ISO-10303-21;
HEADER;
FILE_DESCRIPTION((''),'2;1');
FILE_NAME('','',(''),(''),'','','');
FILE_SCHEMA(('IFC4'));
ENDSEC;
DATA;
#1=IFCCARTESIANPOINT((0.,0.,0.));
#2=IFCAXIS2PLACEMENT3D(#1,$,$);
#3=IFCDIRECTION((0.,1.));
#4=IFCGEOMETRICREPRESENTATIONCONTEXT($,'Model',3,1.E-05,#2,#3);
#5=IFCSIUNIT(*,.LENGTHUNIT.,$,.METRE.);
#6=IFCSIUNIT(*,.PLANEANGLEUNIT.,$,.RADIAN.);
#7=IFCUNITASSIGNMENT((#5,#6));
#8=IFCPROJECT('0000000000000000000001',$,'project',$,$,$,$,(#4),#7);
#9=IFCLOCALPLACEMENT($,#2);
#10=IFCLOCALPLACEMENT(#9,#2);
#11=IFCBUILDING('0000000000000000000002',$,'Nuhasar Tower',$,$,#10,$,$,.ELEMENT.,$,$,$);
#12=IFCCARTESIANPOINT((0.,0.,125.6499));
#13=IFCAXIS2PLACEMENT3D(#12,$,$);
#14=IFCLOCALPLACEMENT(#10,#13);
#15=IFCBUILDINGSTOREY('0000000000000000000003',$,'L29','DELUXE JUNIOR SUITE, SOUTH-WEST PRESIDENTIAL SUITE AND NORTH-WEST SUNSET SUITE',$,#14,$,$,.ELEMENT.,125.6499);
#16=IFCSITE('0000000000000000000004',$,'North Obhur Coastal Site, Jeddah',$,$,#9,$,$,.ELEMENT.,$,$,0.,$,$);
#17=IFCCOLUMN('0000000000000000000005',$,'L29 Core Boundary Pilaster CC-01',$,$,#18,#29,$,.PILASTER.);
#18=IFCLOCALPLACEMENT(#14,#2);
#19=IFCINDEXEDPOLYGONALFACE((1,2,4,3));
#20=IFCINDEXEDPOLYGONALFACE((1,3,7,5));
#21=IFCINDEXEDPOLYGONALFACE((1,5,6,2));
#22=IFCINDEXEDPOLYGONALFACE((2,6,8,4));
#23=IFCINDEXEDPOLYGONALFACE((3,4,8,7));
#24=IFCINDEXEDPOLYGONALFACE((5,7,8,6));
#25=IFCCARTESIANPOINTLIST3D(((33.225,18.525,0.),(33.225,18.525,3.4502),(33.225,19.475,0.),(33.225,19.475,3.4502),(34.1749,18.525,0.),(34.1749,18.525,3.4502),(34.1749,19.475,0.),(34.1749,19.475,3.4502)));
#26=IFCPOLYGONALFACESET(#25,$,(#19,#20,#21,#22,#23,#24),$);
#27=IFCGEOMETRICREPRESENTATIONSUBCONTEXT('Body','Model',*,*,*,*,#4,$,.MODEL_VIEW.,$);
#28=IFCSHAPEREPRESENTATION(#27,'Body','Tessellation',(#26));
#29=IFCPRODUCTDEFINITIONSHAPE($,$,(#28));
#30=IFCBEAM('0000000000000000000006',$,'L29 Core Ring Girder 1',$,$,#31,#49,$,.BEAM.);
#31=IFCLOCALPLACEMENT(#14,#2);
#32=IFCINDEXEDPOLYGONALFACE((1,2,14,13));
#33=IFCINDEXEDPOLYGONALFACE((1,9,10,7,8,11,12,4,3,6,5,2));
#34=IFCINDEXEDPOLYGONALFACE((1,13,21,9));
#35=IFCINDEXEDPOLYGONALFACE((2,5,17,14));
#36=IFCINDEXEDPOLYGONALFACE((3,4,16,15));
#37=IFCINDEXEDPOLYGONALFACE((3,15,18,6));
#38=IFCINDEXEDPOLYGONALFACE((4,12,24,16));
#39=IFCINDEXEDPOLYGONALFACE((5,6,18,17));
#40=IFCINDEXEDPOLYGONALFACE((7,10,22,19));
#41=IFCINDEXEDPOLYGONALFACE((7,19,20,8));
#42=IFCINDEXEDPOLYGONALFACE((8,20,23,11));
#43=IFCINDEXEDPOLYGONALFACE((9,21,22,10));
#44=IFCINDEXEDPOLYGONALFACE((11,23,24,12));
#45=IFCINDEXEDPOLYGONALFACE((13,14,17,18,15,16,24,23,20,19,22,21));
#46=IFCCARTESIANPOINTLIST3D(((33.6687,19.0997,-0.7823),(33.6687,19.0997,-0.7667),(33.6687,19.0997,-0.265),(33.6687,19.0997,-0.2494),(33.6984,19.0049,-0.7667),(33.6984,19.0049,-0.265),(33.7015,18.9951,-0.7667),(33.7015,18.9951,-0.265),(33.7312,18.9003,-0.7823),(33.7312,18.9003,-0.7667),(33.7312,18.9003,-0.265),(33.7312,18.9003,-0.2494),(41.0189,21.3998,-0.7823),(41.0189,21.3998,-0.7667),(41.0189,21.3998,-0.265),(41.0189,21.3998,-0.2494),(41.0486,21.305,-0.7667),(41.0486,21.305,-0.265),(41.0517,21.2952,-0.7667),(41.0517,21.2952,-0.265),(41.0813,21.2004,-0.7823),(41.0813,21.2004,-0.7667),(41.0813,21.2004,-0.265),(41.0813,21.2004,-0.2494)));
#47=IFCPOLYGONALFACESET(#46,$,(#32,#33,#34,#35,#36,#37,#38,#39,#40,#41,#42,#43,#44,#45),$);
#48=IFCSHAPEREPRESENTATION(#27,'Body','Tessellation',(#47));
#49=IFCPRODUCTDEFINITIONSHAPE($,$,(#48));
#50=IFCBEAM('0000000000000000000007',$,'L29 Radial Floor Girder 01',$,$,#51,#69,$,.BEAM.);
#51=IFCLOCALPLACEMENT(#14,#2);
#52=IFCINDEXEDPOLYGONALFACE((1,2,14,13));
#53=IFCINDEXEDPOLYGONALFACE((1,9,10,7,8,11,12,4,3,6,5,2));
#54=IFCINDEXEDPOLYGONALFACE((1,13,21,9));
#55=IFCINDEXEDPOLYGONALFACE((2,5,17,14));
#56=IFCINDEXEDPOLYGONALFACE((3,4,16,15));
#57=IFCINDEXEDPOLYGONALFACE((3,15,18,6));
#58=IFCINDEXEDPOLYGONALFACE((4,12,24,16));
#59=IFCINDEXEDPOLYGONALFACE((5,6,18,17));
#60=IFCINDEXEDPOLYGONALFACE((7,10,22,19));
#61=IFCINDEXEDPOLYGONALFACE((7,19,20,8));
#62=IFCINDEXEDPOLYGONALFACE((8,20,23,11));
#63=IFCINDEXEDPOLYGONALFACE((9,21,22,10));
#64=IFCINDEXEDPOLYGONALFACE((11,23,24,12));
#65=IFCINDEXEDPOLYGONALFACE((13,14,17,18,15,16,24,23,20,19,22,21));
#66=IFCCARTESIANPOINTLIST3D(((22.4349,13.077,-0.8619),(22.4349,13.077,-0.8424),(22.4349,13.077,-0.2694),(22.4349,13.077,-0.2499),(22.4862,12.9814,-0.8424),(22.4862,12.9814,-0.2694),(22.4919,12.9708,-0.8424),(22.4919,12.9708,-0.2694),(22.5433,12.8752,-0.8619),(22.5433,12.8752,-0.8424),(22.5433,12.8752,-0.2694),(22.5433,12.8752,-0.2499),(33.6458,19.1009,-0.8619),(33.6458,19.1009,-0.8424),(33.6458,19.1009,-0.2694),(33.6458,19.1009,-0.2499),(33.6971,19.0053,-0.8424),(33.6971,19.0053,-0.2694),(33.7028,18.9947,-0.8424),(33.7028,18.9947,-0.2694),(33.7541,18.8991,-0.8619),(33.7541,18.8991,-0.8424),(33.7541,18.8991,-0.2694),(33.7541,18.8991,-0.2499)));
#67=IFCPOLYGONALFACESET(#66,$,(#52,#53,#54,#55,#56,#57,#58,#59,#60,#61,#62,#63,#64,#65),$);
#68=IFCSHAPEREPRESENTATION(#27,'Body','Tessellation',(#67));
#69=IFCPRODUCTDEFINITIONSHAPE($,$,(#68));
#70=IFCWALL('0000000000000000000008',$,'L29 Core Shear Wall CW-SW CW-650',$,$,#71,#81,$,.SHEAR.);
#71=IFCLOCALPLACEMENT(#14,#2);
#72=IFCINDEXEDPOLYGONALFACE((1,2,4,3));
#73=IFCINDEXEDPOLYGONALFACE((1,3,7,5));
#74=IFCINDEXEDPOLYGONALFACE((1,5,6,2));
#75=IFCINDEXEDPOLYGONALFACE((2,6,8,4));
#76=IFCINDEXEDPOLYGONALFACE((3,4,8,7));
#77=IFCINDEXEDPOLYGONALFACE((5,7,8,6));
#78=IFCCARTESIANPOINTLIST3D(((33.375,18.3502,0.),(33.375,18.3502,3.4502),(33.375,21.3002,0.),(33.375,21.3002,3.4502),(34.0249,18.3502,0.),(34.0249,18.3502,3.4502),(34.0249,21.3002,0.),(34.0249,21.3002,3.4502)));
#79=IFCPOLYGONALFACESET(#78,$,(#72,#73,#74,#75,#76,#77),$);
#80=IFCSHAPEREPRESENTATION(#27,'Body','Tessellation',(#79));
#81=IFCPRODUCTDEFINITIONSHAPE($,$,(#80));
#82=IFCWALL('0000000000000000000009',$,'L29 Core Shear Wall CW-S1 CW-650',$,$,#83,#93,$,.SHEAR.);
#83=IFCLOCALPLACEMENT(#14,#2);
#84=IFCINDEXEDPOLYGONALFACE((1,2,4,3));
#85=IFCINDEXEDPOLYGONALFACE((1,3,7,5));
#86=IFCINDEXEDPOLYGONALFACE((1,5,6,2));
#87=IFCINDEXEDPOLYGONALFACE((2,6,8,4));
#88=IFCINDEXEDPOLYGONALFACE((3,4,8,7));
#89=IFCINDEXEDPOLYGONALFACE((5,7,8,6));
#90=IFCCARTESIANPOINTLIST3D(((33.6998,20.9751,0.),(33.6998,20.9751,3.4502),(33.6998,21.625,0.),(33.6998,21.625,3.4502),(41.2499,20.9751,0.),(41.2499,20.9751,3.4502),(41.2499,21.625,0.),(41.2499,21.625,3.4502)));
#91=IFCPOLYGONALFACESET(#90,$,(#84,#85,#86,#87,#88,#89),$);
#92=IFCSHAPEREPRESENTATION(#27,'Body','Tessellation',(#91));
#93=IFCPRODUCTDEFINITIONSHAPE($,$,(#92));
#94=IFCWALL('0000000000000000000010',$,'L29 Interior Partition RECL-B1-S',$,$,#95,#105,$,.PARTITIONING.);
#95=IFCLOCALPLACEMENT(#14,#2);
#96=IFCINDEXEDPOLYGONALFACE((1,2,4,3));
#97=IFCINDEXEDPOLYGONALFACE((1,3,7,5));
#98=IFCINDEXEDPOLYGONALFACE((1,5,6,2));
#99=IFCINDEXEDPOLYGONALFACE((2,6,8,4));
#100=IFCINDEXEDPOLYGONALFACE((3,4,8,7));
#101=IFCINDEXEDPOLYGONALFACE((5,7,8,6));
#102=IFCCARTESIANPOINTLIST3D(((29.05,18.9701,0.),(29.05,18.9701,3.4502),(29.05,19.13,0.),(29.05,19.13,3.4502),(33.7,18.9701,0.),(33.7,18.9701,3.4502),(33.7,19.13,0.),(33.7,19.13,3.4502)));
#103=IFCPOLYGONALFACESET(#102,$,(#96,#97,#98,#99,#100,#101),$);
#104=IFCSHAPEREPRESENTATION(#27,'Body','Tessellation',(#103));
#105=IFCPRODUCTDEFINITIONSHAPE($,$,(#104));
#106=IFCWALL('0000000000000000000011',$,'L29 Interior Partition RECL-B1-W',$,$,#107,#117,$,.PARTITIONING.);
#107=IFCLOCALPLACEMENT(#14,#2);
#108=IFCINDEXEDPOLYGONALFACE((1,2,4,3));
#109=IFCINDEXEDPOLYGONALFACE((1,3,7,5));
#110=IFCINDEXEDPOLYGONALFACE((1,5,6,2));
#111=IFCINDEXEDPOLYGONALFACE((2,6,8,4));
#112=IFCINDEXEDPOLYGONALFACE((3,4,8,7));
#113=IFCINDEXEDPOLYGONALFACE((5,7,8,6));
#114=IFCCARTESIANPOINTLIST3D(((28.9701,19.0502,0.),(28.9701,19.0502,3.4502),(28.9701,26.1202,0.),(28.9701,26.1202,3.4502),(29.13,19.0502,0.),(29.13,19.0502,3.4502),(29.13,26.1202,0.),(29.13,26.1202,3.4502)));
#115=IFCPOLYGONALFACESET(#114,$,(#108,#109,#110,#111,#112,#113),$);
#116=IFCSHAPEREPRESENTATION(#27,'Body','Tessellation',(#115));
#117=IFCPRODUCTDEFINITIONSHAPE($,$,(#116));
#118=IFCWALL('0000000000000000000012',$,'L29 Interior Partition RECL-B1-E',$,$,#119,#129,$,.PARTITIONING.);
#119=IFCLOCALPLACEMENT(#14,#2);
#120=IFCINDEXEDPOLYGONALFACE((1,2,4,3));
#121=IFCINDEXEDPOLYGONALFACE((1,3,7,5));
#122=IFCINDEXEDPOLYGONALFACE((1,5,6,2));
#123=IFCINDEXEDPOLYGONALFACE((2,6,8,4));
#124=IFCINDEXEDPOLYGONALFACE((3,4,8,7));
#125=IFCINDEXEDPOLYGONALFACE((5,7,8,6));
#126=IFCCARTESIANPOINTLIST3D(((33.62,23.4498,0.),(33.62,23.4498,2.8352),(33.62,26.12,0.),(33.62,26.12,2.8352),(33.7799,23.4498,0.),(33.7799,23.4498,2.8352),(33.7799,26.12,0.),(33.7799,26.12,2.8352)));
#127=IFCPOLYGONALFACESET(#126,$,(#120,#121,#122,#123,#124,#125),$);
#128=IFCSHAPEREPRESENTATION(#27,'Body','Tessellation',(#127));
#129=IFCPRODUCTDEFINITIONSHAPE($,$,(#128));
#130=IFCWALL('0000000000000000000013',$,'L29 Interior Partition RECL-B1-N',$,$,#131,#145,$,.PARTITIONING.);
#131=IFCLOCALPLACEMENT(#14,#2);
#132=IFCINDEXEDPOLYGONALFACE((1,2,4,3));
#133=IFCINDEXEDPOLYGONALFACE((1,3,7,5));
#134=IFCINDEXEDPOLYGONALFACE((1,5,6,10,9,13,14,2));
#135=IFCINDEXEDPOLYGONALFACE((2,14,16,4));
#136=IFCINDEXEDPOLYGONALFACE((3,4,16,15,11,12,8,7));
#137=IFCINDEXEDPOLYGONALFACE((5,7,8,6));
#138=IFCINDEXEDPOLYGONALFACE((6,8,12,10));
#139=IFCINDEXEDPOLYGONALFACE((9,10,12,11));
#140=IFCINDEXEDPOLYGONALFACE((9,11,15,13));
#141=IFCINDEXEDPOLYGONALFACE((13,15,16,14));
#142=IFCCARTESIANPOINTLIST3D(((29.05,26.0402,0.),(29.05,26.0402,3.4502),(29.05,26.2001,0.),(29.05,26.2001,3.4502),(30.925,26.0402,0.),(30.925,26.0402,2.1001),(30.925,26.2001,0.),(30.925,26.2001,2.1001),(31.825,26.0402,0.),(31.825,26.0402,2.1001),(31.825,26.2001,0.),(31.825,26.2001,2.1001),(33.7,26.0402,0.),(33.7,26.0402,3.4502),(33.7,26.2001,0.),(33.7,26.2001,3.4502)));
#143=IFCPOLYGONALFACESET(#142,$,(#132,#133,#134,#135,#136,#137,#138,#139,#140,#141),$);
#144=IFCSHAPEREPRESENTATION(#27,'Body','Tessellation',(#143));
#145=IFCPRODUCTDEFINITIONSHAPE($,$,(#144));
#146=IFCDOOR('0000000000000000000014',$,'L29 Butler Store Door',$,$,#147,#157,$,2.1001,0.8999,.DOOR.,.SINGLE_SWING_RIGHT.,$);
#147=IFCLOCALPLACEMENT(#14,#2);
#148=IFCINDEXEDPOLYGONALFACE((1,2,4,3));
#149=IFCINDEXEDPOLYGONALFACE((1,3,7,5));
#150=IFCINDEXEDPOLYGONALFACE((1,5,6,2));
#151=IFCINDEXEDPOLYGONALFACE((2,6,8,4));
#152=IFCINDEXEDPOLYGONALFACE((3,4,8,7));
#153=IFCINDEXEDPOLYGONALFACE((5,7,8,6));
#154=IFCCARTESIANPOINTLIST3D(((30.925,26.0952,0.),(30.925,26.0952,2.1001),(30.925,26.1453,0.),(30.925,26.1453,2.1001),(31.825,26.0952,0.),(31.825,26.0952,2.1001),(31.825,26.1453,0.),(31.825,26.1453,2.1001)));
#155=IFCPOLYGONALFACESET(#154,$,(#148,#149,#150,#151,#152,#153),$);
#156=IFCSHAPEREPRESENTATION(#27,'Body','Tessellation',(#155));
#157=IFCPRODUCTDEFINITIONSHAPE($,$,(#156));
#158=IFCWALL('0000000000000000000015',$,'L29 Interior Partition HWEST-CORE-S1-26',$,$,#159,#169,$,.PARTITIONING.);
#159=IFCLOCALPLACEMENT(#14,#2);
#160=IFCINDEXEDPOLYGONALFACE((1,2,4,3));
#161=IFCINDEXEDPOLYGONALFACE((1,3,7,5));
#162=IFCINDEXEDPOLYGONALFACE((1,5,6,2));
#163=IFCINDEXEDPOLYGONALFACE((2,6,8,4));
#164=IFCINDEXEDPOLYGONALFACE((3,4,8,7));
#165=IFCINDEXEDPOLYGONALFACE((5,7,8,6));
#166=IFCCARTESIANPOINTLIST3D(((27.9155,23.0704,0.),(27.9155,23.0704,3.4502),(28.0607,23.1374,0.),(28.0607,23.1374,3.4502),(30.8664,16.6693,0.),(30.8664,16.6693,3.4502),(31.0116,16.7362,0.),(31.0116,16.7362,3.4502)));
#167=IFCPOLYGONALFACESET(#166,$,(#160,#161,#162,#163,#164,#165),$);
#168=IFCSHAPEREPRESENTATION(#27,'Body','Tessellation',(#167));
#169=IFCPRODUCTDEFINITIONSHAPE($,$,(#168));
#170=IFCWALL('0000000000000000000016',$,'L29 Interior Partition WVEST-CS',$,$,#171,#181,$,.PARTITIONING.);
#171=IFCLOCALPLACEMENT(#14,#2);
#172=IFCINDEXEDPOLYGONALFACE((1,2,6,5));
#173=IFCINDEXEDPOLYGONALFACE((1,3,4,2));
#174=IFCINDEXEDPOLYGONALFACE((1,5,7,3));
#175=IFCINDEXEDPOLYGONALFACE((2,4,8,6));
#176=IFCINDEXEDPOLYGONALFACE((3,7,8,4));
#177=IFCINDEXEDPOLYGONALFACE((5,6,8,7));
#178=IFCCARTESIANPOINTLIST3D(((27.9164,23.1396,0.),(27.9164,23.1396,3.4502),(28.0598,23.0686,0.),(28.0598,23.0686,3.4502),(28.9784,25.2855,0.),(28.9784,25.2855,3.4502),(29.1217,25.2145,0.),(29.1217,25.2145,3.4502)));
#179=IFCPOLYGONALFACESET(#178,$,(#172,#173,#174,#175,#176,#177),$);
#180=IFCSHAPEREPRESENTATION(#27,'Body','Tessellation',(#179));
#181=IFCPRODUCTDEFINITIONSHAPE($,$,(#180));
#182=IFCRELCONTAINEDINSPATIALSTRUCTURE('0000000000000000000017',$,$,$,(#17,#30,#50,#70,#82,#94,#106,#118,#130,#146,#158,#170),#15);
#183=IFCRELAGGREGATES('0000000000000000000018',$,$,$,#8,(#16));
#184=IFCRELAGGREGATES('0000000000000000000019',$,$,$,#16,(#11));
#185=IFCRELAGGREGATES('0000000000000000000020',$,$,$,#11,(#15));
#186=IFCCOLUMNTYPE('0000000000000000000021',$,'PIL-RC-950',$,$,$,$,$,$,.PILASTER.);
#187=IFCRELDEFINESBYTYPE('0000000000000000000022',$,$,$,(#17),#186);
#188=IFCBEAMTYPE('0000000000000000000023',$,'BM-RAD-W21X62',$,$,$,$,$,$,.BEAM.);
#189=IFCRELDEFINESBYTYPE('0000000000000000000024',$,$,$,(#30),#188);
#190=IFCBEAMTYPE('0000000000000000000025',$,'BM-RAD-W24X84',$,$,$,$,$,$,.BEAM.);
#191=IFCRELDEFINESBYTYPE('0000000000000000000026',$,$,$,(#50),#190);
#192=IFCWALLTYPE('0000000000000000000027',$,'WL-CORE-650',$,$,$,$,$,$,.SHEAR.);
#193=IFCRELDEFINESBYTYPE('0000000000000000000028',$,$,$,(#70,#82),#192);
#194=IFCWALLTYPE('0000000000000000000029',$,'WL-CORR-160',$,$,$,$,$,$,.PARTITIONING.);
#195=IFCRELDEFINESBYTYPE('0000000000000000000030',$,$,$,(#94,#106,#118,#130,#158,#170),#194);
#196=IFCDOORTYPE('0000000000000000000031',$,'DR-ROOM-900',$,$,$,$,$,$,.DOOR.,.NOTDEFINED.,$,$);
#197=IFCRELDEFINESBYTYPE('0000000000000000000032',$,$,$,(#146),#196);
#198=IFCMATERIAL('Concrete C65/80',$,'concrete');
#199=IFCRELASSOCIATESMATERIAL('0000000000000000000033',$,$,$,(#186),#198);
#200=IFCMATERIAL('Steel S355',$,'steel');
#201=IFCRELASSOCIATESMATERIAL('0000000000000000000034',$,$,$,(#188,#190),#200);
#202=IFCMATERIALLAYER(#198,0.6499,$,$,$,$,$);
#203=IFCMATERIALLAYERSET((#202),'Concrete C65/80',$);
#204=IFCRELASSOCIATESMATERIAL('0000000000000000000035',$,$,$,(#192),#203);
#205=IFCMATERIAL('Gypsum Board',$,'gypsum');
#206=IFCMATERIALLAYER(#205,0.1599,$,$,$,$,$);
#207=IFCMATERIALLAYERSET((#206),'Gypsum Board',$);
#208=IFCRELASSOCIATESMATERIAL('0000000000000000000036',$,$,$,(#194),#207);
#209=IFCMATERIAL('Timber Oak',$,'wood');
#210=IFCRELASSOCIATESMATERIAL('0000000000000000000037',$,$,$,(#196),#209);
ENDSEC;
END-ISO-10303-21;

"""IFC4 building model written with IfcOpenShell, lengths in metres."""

from ifc_helpers import new_model, si_unit, direction, frame, frame_2d, origin, origin_2d, place, context, subcontext, project, spatial, rectangle, i_section, extrude, material, layer, layer_set, material_profile, profile_set, type_object, element, fill, save


model = new_model("IFC4")

# Units and contexts
model_context = context("Model", 3, precision=1e-05, world=origin(), true_north=direction((0.0, 1.0)))
body_context = subcontext(model_context, "Body", "Model", "MODEL_VIEW")
ifc_project = project(units=[si_unit("LENGTHUNIT", "METRE"), si_unit("PLANEANGLEUNIT", "RADIAN")], contexts=[model_context])

# Site, building, storey
site_placement = place(None, origin())
site = spatial("IfcSite", under=ifc_project, at=site_placement, Name="North Obhur Coastal Site, Jeddah", CompositionType="ELEMENT", RefElevation=0.0)
building_placement = place(site_placement, origin())
building = spatial("IfcBuilding", under=site, at=building_placement, Name="Nuhasar Tower", CompositionType="ELEMENT")
storey_placement = place(building_placement, frame((0.0, 0.0, 125.6499)))
storey = spatial("IfcBuildingStorey", under=building, at=storey_placement, Name="L29", Description="DELUXE JUNIOR SUITE, SOUTH-WEST PRESIDENTIAL SUITE AND NORTH-WEST SUNSET SUITE", CompositionType="ELEMENT", Elevation=125.6499)

# Column
ifc_material_1 = material(Name="Concrete C65/80", Category="concrete")
ifc_material_profile_1 = material_profile(ifc_material_1, rectangle(XDim=0.95, YDim=0.95, at=origin_2d()), Name="RC950X950")
ifc_profile_set_1 = profile_set([ifc_material_profile_1], Name="Concrete C65/80")
column_type = type_object("IfcColumnType", Name="PIL-RC-950", PredefinedType="PILASTER", material=ifc_profile_set_1)
column_placement = place(storey_placement, frame((33.7, 19.0, 0.0), z_axis=(0.0, 0.0, 1.0), x_axis=(1.0, 0.0, 0.0)))
element("IfcColumn", 1, at=column_placement, inside=storey, type_object=column_type, Name="L29 Core Boundary Pilaster CC-01", PredefinedType="PILASTER", context=body_context, shape_type="SweptSolid", body=[
    extrude(rectangle(XDim=0.95, YDim=0.95, at=origin_2d()), origin(), (0.0, 0.0, 1.0), 3.4502),
])

# Beams
ifc_material_2 = material(Name="Steel S355", Category="steel")
ifc_material_profile_2 = material_profile(ifc_material_2, i_section(OverallWidth=0.209, OverallDepth=0.533, WebThickness=0.0103, FlangeThickness=0.0156, at=origin_2d()), Name="W21X62")
ifc_profile_set_2 = profile_set([ifc_material_profile_2], Name="Steel S355")
beam_type_1 = type_object("IfcBeamType", Name="BM-RAD-W21X62", PredefinedType="BEAM", material=ifc_profile_set_2)
beam_1_placement = place(storey_placement, frame((33.7, 19.0, -0.5159), z_axis=(0.954364, 0.298647, 0.0), x_axis=(-0.298647, 0.954364, 0.0)))
element("IfcBeam", 2, at=beam_1_placement, inside=storey, type_object=beam_type_1, Name="L29 Core Ring Girder 1", PredefinedType="BEAM", context=body_context, shape_type="SweptSolid", body=[
    extrude(i_section(OverallWidth=0.209, OverallDepth=0.533, WebThickness=0.0103, FlangeThickness=0.0156, at=origin_2d()), origin(), (0.0, 0.0, 1.0), 7.7017),
])
ifc_material_profile_3 = material_profile(ifc_material_2, i_section(OverallWidth=0.229, OverallDepth=0.6121, WebThickness=0.012, FlangeThickness=0.0195, at=origin_2d()), Name="W24X84")
ifc_profile_set_3 = profile_set([ifc_material_profile_3], Name="Steel S355")
beam_type_2 = type_object("IfcBeamType", Name="BM-RAD-W24X84", PredefinedType="BEAM", material=ifc_profile_set_3)
beam_2_placement = place(storey_placement, frame((33.7, 19.0, -0.5559), z_axis=(-0.880888, -0.473324, 0.0), x_axis=(0.473324, -0.880888, 0.0)))
element("IfcBeam", 3, at=beam_2_placement, inside=storey, type_object=beam_type_2, Name="L29 Radial Floor Girder 01", PredefinedType="BEAM", context=body_context, shape_type="SweptSolid", body=[
    extrude(i_section(OverallWidth=0.229, OverallDepth=0.6121, WebThickness=0.012, FlangeThickness=0.0195, at=origin_2d()), origin(), (0.0, 0.0, 1.0), 12.7268),
])

# Walls
ifc_layer_1 = layer(ifc_material_1, 0.6499)
ifc_layer_set_1 = layer_set([ifc_layer_1], Name="Concrete C65/80")
wall_type_1 = type_object("IfcWallType", Name="WL-CORE-650", PredefinedType="SHEAR", material=ifc_layer_set_1)
wall_1_placement = place(storey_placement, frame((33.7, 18.3501, 0.0), z_axis=(0.0, 0.0, 1.0), x_axis=(0.0, 1.0, 0.0)))
element("IfcWall", 4, at=wall_1_placement, inside=storey, type_object=wall_type_1, Name="L29 Core Shear Wall CW-SW CW-650", PredefinedType="SHEAR", context=body_context, shape_type="SweptSolid", body=[
    extrude(rectangle(XDim=2.95, YDim=0.6499, at=frame_2d((1.4751, 0.0))), origin(), (0.0, 0.0, 1.0), 3.4502),
])
wall_2_placement = place(storey_placement, frame((33.7, 21.3, 0.0), z_axis=(0.0, 0.0, 1.0), x_axis=(1.0, 0.0, 0.0)))
element("IfcWall", 5, at=wall_2_placement, inside=storey, type_object=wall_type_1, Name="L29 Core Shear Wall CW-S1 CW-650", PredefinedType="SHEAR", context=body_context, shape_type="SweptSolid", body=[
    extrude(rectangle(XDim=7.55, YDim=0.6499, at=frame_2d((3.7749, 0.0))), origin(), (0.0, 0.0, 1.0), 3.4502),
])
ifc_material_3 = material(Name="Gypsum Board", Category="gypsum")
ifc_layer_2 = layer(ifc_material_3, 0.1599)
ifc_layer_set_2 = layer_set([ifc_layer_2], Name="Gypsum Board")
wall_type_2 = type_object("IfcWallType", Name="WL-CORR-160", PredefinedType="PARTITIONING", material=ifc_layer_set_2)
wall_3_placement = place(storey_placement, frame((29.05, 19.05, 0.0), z_axis=(0.0, 0.0, 1.0), x_axis=(1.0, 0.0, 0.0)))
element("IfcWall", 6, at=wall_3_placement, inside=storey, type_object=wall_type_2, Name="L29 Interior Partition RECL-B1-S", PredefinedType="PARTITIONING", context=body_context, shape_type="SweptSolid", body=[
    extrude(rectangle(XDim=4.6499, YDim=0.1599, at=frame_2d((2.325, 0.0))), origin(), (0.0, 0.0, 1.0), 3.4502),
])
wall_4_placement = place(storey_placement, frame((29.05, 19.05, 0.0), z_axis=(0.0, 0.0, 1.0), x_axis=(0.0, 1.0, 0.0)))
element("IfcWall", 7, at=wall_4_placement, inside=storey, type_object=wall_type_2, Name="L29 Interior Partition RECL-B1-W", PredefinedType="PARTITIONING", context=body_context, shape_type="SweptSolid", body=[
    extrude(rectangle(XDim=7.0701, YDim=0.1599, at=frame_2d((3.5352, 0.0))), origin(), (0.0, 0.0, 1.0), 3.4502),
])
wall_5_placement = place(storey_placement, frame((33.7, 23.45, 0.0), z_axis=(0.0, 0.0, 1.0), x_axis=(0.0, 1.0, 0.0)))
element("IfcWall", 8, at=wall_5_placement, inside=storey, type_object=wall_type_2, Name="L29 Interior Partition RECL-B1-E", PredefinedType="PARTITIONING", context=body_context, shape_type="SweptSolid", body=[
    extrude(rectangle(XDim=2.6702, YDim=0.1599, at=frame_2d((1.335, 0.0))), origin(), (0.0, 0.0, 1.0), 2.8352),
])

# Wall, opening, door
wall_6_placement = place(storey_placement, frame((33.7, 26.1201, 0.0), z_axis=(0.0, 0.0, 1.0), x_axis=(-1.0, 0.0, 0.0)))
wall_6 = element("IfcWall", 9, at=wall_6_placement, inside=storey, type_object=wall_type_2, Name="L29 Interior Partition RECL-B1-N", PredefinedType="PARTITIONING", context=body_context, shape_type="SweptSolid", body=[
    extrude(rectangle(XDim=4.6499, YDim=0.1599, at=frame_2d((2.325, 0.0))), origin(), (0.0, 0.0, 1.0), 3.4502),
])
opening_1_placement = place(wall_6_placement, frame((1.875, 0.0, 0.0)))
opening_1 = element("IfcOpeningElement", 10, at=opening_1_placement, cuts=wall_6, PredefinedType="OPENING", context=body_context, shape_type="SweptSolid", body=[
    extrude(rectangle(XDim=0.8999, YDim=2.1001, at=frame_2d((0.45, 1.05))), frame((0.0, 0.0898, 0.0), z_axis=(0.0, -1.0, 0.0), x_axis=(1.0, 0.0, 0.0)), (0.0, 0.0, 1.0), 0.1799),
])
ifc_material_4 = material(Name="Timber Oak", Category="wood")
door_type_1 = type_object("IfcDoorType", Name="DR-ROOM-900", OperationType="NOTDEFINED", PredefinedType="DOOR", material=ifc_material_4)
door_1_placement = place(opening_1_placement, origin())
door_1 = element("IfcDoor", 11, at=door_1_placement, inside=storey, type_object=door_type_1, Name="L29 Butler Store Door", OperationType="SINGLE_SWING_RIGHT", OverallHeight=2.1001, OverallWidth=0.8999, PredefinedType="DOOR", context=body_context, shape_type="SweptSolid", body=[
    extrude(rectangle(XDim=0.8999, YDim=2.1001, at=frame_2d((0.45, 1.05))), frame((0.0, 0.0249, 0.0), z_axis=(0.0, -1.0, 0.0), x_axis=(1.0, 0.0, 0.0)), (0.0, 0.0, 1.0), 0.05),
])
fill(opening_1, door_1)

# Walls
wall_7_placement = place(storey_placement, frame((27.988, 23.104, 0.0), z_axis=(0.0, 0.0, 1.0), x_axis=(0.418656, -0.908145, 0.0)))
element("IfcWall", 12, at=wall_7_placement, inside=storey, type_object=wall_type_2, Name="L29 Interior Partition HWEST-CORE-S1-26", PredefinedType="PARTITIONING", context=body_context, shape_type="SweptSolid", body=[
    extrude(rectangle(XDim=7.0486, YDim=0.1599, at=frame_2d((3.5244, 0.0))), origin(), (0.0, 0.0, 1.0), 3.4502),
])
wall_8_placement = place(storey_placement, frame((27.988, 23.104, 0.0), z_axis=(0.0, 0.0, 1.0), x_axis=(0.443539, 0.896255, 0.0)))
element("IfcWall", 13, at=wall_8_placement, inside=storey, type_object=wall_type_2, Name="L29 Interior Partition WVEST-CS", PredefinedType="PARTITIONING", context=body_context, shape_type="SweptSolid", body=[
    extrude(rectangle(XDim=2.3943, YDim=0.1599, at=frame_2d((1.1973, 0.0))), origin(), (0.0, 0.0, 1.0), 3.4502),
])

save(model, "model.ifc")
